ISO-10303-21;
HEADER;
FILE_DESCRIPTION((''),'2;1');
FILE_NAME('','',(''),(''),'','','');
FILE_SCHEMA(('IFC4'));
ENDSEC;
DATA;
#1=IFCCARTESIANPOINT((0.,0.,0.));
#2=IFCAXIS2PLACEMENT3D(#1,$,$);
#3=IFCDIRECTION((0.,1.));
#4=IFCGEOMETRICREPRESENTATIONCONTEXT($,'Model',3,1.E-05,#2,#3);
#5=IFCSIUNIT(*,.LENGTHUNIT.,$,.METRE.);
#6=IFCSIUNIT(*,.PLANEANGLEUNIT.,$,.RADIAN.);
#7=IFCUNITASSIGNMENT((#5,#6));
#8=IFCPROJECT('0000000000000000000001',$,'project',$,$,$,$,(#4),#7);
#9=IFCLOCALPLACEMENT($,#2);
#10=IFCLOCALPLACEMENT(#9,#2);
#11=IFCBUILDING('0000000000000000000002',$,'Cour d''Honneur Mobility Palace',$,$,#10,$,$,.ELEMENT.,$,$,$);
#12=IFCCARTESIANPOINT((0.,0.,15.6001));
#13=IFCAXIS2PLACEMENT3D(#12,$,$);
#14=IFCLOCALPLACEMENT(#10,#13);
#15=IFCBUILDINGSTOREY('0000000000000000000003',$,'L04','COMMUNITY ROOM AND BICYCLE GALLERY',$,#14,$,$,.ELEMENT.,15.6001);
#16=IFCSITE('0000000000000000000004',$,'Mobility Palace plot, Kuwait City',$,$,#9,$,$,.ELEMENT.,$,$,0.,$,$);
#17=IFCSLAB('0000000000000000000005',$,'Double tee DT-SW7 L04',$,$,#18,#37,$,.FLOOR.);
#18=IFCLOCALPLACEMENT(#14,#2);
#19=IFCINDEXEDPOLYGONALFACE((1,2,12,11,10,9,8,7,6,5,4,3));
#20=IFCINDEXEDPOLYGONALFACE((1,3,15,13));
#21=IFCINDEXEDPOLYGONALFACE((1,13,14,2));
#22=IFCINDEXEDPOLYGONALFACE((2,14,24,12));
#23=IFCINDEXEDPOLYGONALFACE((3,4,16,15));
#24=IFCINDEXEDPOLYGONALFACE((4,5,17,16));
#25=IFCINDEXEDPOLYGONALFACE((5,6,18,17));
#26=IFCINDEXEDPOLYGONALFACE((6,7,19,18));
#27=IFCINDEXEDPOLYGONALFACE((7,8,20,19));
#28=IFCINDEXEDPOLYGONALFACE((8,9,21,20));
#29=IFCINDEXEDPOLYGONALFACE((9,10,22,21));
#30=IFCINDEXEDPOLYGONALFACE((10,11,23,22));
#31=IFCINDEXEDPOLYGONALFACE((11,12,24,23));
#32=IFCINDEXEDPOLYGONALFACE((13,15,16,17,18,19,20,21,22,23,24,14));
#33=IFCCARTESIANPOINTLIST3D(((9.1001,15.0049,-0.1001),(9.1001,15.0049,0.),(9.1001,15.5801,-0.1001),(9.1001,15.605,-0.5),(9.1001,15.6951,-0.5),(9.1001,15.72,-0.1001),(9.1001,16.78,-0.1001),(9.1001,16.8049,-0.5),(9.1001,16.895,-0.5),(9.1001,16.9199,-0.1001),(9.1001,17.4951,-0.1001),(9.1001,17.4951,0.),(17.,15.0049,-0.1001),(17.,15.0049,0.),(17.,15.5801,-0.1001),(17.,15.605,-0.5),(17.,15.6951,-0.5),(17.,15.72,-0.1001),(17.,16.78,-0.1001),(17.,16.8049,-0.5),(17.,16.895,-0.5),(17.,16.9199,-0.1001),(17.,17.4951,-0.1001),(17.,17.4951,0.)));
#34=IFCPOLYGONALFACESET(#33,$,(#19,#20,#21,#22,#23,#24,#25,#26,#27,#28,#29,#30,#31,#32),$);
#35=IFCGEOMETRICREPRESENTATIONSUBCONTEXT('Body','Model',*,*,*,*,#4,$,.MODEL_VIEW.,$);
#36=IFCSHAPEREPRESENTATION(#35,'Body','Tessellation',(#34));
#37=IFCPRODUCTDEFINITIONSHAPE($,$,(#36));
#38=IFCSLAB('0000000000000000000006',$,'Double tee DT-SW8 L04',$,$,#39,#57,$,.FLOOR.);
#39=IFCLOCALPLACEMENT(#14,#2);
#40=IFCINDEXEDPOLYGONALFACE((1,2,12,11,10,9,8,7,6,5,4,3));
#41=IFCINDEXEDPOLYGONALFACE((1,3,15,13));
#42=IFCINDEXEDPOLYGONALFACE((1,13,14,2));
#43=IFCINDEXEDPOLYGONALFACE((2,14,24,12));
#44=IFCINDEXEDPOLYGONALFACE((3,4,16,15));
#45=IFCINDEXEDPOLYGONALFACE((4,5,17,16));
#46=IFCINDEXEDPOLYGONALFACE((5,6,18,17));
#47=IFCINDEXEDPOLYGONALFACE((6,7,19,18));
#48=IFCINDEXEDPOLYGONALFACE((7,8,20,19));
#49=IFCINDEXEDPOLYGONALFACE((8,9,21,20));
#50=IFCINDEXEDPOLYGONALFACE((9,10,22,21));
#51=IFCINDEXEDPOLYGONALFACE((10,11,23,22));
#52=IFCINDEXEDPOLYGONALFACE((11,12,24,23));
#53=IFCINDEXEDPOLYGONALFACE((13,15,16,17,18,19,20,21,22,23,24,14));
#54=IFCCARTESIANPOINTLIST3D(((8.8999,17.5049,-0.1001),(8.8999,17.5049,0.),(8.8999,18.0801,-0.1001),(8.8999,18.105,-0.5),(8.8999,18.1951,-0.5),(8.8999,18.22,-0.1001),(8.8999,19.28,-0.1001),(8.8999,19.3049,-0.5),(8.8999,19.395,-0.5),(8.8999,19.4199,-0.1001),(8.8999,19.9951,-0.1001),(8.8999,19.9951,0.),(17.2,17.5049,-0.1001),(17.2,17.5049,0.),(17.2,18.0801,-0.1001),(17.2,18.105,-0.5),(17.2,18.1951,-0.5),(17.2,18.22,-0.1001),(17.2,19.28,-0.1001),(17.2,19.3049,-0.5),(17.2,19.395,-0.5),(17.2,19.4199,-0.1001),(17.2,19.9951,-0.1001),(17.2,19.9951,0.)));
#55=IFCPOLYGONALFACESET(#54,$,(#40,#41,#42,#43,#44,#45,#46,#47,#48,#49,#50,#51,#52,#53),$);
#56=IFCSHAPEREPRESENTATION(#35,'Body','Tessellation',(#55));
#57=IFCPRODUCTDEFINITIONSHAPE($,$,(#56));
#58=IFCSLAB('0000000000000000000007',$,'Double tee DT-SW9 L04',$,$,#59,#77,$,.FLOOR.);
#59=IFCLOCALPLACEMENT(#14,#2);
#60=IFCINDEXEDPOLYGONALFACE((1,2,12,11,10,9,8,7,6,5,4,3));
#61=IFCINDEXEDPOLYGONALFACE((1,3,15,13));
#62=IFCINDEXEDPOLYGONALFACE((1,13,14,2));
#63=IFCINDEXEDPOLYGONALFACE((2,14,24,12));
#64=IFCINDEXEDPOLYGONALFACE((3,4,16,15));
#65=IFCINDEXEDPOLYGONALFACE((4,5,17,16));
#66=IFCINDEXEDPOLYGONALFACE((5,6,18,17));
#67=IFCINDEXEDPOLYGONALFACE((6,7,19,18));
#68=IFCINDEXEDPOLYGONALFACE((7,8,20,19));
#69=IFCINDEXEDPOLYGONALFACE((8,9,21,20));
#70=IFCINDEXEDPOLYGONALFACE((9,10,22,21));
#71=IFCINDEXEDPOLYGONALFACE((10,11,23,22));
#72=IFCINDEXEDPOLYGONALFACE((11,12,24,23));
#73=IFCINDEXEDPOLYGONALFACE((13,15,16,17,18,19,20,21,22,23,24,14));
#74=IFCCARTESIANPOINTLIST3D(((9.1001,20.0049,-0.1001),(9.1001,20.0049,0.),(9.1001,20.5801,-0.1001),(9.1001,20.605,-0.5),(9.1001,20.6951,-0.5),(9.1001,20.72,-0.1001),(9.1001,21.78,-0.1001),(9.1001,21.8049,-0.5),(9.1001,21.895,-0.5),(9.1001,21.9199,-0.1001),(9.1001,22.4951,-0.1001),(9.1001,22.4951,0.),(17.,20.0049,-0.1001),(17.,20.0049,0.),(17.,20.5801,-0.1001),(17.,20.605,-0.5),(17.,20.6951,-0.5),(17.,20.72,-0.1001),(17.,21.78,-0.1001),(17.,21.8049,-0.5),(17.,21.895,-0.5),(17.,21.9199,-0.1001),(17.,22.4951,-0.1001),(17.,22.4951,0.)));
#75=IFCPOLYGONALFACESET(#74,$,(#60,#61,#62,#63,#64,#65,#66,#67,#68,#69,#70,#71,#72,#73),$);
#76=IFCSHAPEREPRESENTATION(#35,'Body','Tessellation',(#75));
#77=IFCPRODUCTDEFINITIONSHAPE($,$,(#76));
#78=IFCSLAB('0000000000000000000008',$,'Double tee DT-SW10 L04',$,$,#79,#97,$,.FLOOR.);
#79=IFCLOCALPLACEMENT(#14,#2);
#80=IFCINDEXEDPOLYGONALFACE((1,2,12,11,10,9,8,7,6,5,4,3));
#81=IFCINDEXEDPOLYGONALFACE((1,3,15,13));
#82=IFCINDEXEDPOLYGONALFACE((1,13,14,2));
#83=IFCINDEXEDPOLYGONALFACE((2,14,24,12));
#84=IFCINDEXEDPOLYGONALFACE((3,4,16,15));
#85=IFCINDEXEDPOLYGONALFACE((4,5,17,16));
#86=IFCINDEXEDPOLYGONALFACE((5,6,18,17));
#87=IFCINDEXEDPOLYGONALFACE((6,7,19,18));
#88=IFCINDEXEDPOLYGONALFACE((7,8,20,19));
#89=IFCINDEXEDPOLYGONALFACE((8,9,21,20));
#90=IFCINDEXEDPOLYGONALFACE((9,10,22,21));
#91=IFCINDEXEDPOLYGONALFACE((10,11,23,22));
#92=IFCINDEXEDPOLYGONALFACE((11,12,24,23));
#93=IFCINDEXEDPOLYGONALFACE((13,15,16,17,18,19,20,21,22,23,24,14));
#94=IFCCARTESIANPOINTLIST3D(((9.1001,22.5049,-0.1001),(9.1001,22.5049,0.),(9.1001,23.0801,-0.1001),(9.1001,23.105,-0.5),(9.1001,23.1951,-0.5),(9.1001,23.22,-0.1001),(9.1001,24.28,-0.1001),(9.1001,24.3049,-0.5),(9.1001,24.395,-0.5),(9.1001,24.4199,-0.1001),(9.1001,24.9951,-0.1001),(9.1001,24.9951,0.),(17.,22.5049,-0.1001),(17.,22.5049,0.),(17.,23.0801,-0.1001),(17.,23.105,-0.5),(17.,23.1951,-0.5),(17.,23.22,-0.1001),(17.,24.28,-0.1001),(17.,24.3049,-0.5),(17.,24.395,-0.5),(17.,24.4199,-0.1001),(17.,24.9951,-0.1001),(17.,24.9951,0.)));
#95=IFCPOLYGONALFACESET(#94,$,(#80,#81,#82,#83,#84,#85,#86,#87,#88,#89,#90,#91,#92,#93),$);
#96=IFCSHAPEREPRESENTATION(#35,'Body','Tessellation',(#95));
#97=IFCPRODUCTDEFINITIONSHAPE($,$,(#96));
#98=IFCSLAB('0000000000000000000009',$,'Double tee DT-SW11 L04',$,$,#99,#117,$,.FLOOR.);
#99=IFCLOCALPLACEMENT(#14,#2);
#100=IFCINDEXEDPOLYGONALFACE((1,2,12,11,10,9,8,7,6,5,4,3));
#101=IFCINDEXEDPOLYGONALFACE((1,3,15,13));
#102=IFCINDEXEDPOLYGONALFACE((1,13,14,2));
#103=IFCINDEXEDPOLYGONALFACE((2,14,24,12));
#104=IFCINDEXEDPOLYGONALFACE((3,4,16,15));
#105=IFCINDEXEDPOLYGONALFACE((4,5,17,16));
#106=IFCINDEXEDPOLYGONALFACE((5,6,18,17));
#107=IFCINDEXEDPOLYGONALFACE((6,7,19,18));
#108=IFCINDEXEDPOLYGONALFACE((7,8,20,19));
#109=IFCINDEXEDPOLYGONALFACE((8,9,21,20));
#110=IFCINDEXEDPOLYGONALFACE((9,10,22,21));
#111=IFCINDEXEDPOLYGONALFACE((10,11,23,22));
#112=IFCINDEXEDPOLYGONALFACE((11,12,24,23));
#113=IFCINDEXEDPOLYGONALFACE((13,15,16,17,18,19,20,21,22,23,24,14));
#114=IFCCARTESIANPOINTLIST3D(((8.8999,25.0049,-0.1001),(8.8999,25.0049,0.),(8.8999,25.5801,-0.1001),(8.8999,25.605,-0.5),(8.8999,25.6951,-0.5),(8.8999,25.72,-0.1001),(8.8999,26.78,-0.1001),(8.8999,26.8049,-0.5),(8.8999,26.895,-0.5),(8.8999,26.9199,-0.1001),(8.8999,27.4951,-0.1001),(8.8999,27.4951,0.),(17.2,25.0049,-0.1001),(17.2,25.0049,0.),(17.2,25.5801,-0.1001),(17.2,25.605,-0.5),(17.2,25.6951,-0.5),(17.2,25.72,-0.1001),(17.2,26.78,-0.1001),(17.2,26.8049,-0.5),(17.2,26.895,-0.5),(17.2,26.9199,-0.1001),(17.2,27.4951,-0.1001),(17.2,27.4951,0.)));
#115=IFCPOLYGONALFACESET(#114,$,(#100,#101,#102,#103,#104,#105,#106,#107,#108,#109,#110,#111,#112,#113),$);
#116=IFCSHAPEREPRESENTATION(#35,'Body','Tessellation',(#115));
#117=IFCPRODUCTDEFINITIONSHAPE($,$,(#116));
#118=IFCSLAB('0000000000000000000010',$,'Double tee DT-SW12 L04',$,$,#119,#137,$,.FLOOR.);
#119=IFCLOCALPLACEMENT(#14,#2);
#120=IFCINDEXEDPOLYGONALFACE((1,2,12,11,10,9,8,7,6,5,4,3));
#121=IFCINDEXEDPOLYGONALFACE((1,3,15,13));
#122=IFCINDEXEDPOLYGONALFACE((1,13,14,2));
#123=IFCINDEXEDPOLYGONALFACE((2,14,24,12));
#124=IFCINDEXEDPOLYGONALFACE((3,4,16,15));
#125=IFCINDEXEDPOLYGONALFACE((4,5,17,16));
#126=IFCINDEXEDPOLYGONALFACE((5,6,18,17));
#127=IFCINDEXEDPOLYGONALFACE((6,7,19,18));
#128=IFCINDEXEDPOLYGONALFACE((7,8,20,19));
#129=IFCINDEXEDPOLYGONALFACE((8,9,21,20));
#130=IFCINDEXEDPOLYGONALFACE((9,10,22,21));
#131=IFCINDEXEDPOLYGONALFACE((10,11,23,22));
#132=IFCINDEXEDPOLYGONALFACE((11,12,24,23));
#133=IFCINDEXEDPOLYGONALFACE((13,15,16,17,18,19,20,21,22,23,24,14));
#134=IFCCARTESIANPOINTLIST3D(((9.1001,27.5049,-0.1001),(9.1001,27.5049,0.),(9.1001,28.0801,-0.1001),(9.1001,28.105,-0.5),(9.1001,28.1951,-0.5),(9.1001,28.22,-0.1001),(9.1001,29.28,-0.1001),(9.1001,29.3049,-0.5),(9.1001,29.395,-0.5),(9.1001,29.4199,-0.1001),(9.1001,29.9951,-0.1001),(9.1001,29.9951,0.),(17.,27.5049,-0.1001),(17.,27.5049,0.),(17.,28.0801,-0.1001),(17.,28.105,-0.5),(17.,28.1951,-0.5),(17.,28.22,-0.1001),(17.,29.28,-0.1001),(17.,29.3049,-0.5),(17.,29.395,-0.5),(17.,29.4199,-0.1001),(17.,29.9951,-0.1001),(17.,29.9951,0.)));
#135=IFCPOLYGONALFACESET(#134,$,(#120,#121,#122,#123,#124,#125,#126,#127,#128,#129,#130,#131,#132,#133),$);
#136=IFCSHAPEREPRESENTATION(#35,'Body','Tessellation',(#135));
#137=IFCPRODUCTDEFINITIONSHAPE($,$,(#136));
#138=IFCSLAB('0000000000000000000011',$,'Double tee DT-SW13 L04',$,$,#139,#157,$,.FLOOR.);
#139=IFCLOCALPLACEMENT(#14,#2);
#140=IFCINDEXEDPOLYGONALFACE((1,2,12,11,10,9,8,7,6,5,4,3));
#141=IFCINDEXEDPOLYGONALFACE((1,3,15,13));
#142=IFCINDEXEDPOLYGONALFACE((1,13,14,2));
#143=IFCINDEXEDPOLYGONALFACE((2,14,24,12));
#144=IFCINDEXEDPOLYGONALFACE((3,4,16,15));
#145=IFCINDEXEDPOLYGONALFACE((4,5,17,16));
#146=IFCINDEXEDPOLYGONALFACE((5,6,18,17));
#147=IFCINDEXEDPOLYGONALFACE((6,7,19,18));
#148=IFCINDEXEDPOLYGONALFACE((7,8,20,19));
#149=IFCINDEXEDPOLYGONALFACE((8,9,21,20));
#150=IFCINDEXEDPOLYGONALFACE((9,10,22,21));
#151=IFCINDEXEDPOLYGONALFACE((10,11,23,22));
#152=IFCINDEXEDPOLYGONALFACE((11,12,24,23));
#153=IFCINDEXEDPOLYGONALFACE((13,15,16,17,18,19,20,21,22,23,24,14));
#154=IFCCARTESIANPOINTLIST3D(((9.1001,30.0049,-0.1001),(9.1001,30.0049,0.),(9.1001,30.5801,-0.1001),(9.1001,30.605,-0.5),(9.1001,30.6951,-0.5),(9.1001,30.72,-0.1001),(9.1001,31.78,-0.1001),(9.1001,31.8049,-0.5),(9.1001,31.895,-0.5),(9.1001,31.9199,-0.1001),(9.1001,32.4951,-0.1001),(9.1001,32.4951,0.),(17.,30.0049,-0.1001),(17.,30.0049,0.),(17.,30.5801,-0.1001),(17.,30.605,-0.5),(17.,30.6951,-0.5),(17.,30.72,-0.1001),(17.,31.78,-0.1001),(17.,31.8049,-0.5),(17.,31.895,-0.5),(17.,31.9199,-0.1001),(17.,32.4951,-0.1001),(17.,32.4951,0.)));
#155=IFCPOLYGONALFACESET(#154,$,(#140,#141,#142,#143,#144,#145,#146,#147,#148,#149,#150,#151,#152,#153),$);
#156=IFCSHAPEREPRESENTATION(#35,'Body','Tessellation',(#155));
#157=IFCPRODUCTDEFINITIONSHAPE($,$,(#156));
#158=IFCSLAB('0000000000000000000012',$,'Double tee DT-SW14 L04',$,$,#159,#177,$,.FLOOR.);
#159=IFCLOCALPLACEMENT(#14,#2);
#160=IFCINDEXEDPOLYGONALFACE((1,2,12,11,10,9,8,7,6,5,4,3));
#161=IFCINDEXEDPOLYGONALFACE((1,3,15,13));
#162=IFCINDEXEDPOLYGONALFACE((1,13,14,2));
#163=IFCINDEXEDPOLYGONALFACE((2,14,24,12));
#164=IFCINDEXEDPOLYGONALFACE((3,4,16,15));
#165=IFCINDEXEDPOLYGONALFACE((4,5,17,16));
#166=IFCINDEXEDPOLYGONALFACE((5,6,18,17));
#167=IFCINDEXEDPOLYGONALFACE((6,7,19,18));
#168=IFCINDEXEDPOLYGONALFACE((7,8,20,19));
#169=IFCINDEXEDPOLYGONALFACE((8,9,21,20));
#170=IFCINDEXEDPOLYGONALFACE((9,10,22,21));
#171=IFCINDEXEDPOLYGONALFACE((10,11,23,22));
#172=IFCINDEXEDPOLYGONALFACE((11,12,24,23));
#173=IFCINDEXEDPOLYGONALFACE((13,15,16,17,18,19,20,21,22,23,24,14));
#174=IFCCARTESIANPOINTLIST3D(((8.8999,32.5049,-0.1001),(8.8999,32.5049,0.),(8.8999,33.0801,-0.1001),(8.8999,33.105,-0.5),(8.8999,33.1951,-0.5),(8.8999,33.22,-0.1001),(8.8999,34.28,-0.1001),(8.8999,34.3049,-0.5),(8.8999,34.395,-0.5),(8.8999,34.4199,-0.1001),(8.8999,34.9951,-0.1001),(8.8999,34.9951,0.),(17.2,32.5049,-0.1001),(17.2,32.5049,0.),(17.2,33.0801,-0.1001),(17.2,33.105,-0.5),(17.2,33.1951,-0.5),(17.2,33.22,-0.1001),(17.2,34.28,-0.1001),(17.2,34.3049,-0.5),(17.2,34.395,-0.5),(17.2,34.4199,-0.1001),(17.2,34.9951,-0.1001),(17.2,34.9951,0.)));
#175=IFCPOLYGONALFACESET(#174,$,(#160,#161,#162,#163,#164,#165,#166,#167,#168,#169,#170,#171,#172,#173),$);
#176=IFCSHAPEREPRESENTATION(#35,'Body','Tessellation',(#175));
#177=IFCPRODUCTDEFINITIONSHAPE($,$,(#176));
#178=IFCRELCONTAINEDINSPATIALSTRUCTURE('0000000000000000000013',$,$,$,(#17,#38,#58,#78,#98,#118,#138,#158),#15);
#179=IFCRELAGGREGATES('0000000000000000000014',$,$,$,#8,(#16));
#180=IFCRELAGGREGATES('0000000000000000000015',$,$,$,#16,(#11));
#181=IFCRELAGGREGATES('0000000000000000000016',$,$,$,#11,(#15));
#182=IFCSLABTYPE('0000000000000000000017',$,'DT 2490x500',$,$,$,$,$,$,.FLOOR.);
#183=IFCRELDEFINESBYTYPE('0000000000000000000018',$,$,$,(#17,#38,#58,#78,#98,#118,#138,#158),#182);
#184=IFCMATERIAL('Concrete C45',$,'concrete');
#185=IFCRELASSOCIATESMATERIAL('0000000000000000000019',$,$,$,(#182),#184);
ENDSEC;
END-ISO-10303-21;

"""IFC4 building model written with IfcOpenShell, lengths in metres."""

from ifc_helpers import new_model, si_unit, direction, frame, origin, place, context, subcontext, project, spatial, polyline, outline, extrude, material, material_profile, profile_set, type_object, element, save


model = new_model("IFC4")

# Units and contexts
model_context = context("Model", 3, precision=1e-05, world=origin(), true_north=direction((0.0, 1.0)))
body_context = subcontext(model_context, "Body", "Model", "MODEL_VIEW")
ifc_project = project(units=[si_unit("LENGTHUNIT", "METRE"), si_unit("PLANEANGLEUNIT", "RADIAN")], contexts=[model_context])

# Site, building, storey
site_placement = place(None, origin())
site = spatial("IfcSite", under=ifc_project, at=site_placement, Name="Mobility Palace plot, Kuwait City", CompositionType="ELEMENT", RefElevation=0.0)
building_placement = place(site_placement, origin())
building = spatial("IfcBuilding", under=site, at=building_placement, Name="Cour d'Honneur Mobility Palace", CompositionType="ELEMENT")
storey_placement = place(building_placement, frame((0.0, 0.0, 15.6001)))
storey = spatial("IfcBuildingStorey", under=building, at=storey_placement, Name="L04", Description="COMMUNITY ROOM AND BICYCLE GALLERY", CompositionType="ELEMENT", Elevation=15.6001)

# Slabs
ifc_material_1 = material(Name="Concrete C45", Category="concrete")
ifc_material_profile_1 = material_profile(ifc_material_1, outline(polyline([(-1.2451, 0.0), (1.2451, 0.0), (1.2451, -0.1001), (0.6699, -0.1001), (0.645, -0.5), (0.5549, -0.5), (0.53, -0.1001), (-0.53, -0.1001), (-0.5549, -0.5), (-0.645, -0.5), (-0.6699, -0.1001), (-1.2451, -0.1001), (-1.2451, 0.0)])), Name="DT 2490x500")
ifc_profile_set_1 = profile_set([ifc_material_profile_1], Name="Concrete C45")
slab_type = type_object("IfcSlabType", Name="DT 2490x500", PredefinedType="FLOOR", material=ifc_profile_set_1)
slab_1_placement = place(storey_placement, frame((9.1001, 16.25, 0.0), z_axis=(1.0, 0.0, 0.0), x_axis=(0.0, 1.0, 0.0)))
element("IfcSlab", 1, at=slab_1_placement, inside=storey, type_object=slab_type, Name="Double tee DT-SW7 L04", PredefinedType="FLOOR", context=body_context, shape_type="SweptSolid", body=[
    extrude(outline(polyline([(-1.2451, 0.0), (1.2451, 0.0), (1.2451, -0.1001), (0.6699, -0.1001), (0.645, -0.5), (0.5549, -0.5), (0.53, -0.1001), (-0.53, -0.1001), (-0.5549, -0.5), (-0.645, -0.5), (-0.6699, -0.1001), (-1.2451, -0.1001), (-1.2451, 0.0)])), origin(), (0.0, 0.0, 1.0), 7.8999),
])
slab_2_placement = place(storey_placement, frame((8.8999, 18.75, 0.0), z_axis=(1.0, 0.0, 0.0), x_axis=(0.0, 1.0, 0.0)))
element("IfcSlab", 2, at=slab_2_placement, inside=storey, type_object=slab_type, Name="Double tee DT-SW8 L04", PredefinedType="FLOOR", context=body_context, shape_type="SweptSolid", body=[
    extrude(outline(polyline([(-1.2451, 0.0), (1.2451, 0.0), (1.2451, -0.1001), (0.6699, -0.1001), (0.645, -0.5), (0.5549, -0.5), (0.53, -0.1001), (-0.53, -0.1001), (-0.5549, -0.5), (-0.645, -0.5), (-0.6699, -0.1001), (-1.2451, -0.1001), (-1.2451, 0.0)])), origin(), (0.0, 0.0, 1.0), 8.3),
])
for number, where, z_axis, x_axis, name in (
    (3, (9.1001, 21.25, 0.0), (1.0, 0.0, 0.0), (0.0, 1.0, 0.0), "Double tee DT-SW9 L04"),
    (4, (9.1001, 23.75, 0.0), (1.0, 0.0, 0.0), (0.0, 1.0, 0.0), "Double tee DT-SW10 L04"),
):
    element("IfcSlab", number, at=place(storey_placement, frame(where, z_axis=z_axis, x_axis=x_axis)), inside=storey, type_object=slab_type, Name=name, PredefinedType="FLOOR", context=body_context, shape_type="SweptSolid", body=[
        extrude(outline(polyline([(-1.2451, 0.0), (1.2451, 0.0), (1.2451, -0.1001), (0.6699, -0.1001), (0.645, -0.5), (0.5549, -0.5), (0.53, -0.1001), (-0.53, -0.1001), (-0.5549, -0.5), (-0.645, -0.5), (-0.6699, -0.1001), (-1.2451, -0.1001), (-1.2451, 0.0)])), origin(), (0.0, 0.0, 1.0), 7.8999),
    ])
slab_3_placement = place(storey_placement, frame((8.8999, 26.25, 0.0), z_axis=(1.0, 0.0, 0.0), x_axis=(0.0, 1.0, 0.0)))
element("IfcSlab", 5, at=slab_3_placement, inside=storey, type_object=slab_type, Name="Double tee DT-SW11 L04", PredefinedType="FLOOR", context=body_context, shape_type="SweptSolid", body=[
    extrude(outline(polyline([(-1.2451, 0.0), (1.2451, 0.0), (1.2451, -0.1001), (0.6699, -0.1001), (0.645, -0.5), (0.5549, -0.5), (0.53, -0.1001), (-0.53, -0.1001), (-0.5549, -0.5), (-0.645, -0.5), (-0.6699, -0.1001), (-1.2451, -0.1001), (-1.2451, 0.0)])), origin(), (0.0, 0.0, 1.0), 8.3),
])
for number, where, z_axis, x_axis, name in (
    (6, (9.1001, 28.75, 0.0), (1.0, 0.0, 0.0), (0.0, 1.0, 0.0), "Double tee DT-SW12 L04"),
    (7, (9.1001, 31.25, 0.0), (1.0, 0.0, 0.0), (0.0, 1.0, 0.0), "Double tee DT-SW13 L04"),
):
    element("IfcSlab", number, at=place(storey_placement, frame(where, z_axis=z_axis, x_axis=x_axis)), inside=storey, type_object=slab_type, Name=name, PredefinedType="FLOOR", context=body_context, shape_type="SweptSolid", body=[
        extrude(outline(polyline([(-1.2451, 0.0), (1.2451, 0.0), (1.2451, -0.1001), (0.6699, -0.1001), (0.645, -0.5), (0.5549, -0.5), (0.53, -0.1001), (-0.53, -0.1001), (-0.5549, -0.5), (-0.645, -0.5), (-0.6699, -0.1001), (-1.2451, -0.1001), (-1.2451, 0.0)])), origin(), (0.0, 0.0, 1.0), 7.8999),
    ])
slab_4_placement = place(storey_placement, frame((8.8999, 33.75, 0.0), z_axis=(1.0, 0.0, 0.0), x_axis=(0.0, 1.0, 0.0)))
element("IfcSlab", 8, at=slab_4_placement, inside=storey, type_object=slab_type, Name="Double tee DT-SW14 L04", PredefinedType="FLOOR", context=body_context, shape_type="SweptSolid", body=[
    extrude(outline(polyline([(-1.2451, 0.0), (1.2451, 0.0), (1.2451, -0.1001), (0.6699, -0.1001), (0.645, -0.5), (0.5549, -0.5), (0.53, -0.1001), (-0.53, -0.1001), (-0.5549, -0.5), (-0.645, -0.5), (-0.6699, -0.1001), (-1.2451, -0.1001), (-1.2451, 0.0)])), origin(), (0.0, 0.0, 1.0), 8.3),
])

save(model, "model.ifc")
